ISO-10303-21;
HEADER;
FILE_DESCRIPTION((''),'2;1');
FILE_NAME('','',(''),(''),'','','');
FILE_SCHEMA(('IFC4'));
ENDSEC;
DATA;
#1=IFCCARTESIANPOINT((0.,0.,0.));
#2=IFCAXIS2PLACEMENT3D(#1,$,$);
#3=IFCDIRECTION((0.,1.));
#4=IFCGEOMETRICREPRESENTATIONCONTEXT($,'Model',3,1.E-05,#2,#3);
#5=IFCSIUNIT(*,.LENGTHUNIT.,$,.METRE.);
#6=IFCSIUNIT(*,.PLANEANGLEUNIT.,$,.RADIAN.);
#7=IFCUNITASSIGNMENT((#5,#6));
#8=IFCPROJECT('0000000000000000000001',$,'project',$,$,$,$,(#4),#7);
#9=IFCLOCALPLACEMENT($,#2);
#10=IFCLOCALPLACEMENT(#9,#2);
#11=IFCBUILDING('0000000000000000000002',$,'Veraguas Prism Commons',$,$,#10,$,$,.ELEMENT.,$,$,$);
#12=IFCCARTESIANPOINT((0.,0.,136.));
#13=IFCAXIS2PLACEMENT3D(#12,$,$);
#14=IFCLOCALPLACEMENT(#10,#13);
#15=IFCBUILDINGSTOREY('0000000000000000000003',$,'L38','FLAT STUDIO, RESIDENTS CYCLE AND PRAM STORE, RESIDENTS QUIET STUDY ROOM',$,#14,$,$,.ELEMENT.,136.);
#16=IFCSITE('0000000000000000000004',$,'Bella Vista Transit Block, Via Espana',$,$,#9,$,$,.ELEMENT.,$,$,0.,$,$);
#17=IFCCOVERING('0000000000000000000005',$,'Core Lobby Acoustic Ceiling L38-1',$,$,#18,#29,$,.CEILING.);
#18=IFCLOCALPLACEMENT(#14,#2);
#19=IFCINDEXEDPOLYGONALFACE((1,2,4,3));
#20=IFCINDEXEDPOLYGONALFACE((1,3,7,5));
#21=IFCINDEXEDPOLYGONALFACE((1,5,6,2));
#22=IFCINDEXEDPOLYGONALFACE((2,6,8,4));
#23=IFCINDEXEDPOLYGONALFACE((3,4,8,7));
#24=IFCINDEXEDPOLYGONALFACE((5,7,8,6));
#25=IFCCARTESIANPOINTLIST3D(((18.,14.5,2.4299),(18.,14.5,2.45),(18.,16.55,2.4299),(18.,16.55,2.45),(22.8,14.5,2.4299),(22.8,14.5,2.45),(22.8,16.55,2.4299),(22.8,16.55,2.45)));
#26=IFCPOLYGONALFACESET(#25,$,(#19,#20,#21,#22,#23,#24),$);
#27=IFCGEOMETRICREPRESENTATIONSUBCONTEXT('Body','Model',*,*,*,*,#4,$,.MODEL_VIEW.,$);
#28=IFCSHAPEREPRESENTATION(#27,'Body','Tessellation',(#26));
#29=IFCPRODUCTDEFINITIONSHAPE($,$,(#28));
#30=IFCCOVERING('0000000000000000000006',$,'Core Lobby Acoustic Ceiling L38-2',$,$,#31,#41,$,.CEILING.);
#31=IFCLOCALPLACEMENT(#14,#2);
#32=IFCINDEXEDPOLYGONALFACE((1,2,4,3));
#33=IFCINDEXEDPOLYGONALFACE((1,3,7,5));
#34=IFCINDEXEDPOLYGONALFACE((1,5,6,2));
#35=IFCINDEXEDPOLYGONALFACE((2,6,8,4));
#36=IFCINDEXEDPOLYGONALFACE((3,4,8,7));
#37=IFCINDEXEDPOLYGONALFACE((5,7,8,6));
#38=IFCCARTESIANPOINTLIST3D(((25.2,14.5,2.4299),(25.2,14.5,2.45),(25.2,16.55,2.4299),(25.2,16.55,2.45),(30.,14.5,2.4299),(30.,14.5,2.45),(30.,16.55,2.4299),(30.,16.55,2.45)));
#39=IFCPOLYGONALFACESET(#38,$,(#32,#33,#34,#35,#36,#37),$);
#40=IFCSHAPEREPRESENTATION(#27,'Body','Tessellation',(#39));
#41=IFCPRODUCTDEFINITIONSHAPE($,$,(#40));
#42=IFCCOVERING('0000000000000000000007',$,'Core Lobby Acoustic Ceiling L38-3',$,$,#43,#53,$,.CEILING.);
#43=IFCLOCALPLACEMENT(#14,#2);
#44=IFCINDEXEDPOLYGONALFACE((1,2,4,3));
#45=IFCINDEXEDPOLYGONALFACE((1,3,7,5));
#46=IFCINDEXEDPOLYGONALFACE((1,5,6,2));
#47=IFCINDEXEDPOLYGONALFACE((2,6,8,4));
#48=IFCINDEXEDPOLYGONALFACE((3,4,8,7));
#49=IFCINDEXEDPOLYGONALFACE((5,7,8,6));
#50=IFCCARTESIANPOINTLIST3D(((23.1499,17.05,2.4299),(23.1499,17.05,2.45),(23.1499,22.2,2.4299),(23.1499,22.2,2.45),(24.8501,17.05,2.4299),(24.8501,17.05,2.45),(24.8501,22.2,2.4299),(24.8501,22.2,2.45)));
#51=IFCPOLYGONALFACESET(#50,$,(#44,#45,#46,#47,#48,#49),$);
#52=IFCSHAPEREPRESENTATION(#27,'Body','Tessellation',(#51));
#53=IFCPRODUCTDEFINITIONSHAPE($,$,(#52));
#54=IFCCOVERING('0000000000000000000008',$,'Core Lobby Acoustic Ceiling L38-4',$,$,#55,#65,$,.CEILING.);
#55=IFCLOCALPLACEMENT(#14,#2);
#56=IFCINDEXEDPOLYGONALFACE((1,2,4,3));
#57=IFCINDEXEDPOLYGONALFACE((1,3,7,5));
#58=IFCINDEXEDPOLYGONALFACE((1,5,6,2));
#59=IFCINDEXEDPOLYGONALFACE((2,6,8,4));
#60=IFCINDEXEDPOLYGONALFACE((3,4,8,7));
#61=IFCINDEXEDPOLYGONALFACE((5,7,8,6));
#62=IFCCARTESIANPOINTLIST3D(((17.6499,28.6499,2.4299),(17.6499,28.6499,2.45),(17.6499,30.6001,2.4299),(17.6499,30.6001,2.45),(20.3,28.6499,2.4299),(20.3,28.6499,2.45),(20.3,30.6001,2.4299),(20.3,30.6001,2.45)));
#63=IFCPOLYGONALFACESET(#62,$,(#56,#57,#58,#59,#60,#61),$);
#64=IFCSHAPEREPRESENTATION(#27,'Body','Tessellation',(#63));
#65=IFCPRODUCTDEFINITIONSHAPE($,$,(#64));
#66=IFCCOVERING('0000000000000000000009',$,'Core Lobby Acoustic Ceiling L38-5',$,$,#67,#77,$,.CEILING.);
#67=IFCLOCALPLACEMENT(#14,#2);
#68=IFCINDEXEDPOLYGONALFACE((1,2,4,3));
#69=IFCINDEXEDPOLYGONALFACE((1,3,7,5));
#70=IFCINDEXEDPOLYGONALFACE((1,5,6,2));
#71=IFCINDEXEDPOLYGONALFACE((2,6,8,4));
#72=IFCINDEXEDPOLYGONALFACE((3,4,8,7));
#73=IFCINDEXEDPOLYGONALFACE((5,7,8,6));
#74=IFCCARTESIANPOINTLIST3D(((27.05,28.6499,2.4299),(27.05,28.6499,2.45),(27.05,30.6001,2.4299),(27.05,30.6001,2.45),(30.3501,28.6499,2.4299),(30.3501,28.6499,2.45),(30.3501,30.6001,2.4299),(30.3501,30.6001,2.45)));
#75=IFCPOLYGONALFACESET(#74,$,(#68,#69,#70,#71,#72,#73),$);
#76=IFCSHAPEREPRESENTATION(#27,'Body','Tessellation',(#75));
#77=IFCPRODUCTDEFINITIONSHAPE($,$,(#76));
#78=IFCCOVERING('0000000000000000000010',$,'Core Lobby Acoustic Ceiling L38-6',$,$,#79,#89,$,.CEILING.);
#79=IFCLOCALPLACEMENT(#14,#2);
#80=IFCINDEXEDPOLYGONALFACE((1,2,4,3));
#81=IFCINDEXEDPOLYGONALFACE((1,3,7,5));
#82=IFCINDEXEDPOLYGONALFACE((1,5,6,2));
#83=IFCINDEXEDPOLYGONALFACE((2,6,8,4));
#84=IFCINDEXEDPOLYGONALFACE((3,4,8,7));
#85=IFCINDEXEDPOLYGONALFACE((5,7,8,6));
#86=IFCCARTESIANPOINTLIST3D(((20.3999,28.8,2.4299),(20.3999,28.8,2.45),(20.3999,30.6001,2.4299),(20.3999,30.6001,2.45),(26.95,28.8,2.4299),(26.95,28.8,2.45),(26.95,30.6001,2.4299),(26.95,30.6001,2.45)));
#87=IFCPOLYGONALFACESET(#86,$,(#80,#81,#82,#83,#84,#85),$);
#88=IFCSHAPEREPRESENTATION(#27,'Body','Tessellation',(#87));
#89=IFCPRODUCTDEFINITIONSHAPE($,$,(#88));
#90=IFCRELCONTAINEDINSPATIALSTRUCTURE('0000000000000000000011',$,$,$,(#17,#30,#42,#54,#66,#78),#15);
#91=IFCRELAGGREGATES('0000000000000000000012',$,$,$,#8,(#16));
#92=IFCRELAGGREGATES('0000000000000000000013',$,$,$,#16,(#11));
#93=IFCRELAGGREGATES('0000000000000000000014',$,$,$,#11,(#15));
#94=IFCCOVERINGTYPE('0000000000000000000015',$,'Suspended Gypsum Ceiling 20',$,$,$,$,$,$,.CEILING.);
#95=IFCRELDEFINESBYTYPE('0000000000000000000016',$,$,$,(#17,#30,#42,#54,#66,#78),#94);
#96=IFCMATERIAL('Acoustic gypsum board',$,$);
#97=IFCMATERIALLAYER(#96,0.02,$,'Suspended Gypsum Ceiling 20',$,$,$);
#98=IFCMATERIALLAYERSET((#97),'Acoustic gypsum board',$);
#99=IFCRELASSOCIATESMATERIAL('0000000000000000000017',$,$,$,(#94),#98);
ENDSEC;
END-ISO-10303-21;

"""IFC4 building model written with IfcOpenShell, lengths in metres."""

from ifc_helpers import new_model, si_unit, direction, frame, origin, place, context, subcontext, project, spatial, polyline, outline, extrude, material, layer, layer_set, type_object, element, save


model = new_model("IFC4")

# Units and contexts
model_context = context("Model", 3, precision=1e-05, world=origin(), true_north=direction((0.0, 1.0)))
body_context = subcontext(model_context, "Body", "Model", "MODEL_VIEW")
ifc_project = project(units=[si_unit("LENGTHUNIT", "METRE"), si_unit("PLANEANGLEUNIT", "RADIAN")], contexts=[model_context])

# Site, building, storey
site_placement = place(None, origin())
site = spatial("IfcSite", under=ifc_project, at=site_placement, Name="Bella Vista Transit Block, Via Espana", CompositionType="ELEMENT", RefElevation=0.0)
building_placement = place(site_placement, origin())
building = spatial("IfcBuilding", under=site, at=building_placement, Name="Veraguas Prism Commons", CompositionType="ELEMENT")
storey_placement = place(building_placement, frame((0.0, 0.0, 136.0)))
storey = spatial("IfcBuildingStorey", under=building, at=storey_placement, Name="L38", Description="FLAT STUDIO, RESIDENTS CYCLE AND PRAM STORE, RESIDENTS QUIET STUDY ROOM", CompositionType="ELEMENT", Elevation=136.0)

# Coverings
ifc_material_1 = material(Name="Acoustic gypsum board")
ifc_layer_1 = layer(ifc_material_1, 0.02, Name="Suspended Gypsum Ceiling 20")
ifc_layer_set_1 = layer_set([ifc_layer_1], Name="Acoustic gypsum board")
covering_type_1 = type_object("IfcCoveringType", Name="Suspended Gypsum Ceiling 20", PredefinedType="CEILING", material=ifc_layer_set_1)
covering_1_placement = place(storey_placement, frame((0.0, 0.0, 2.4299)))
element("IfcCovering", 1, at=covering_1_placement, inside=storey, type_object=covering_type_1, Name="Core Lobby Acoustic Ceiling L38-1", PredefinedType="CEILING", context=body_context, shape_type="SweptSolid", body=[
    extrude(outline(polyline([(18.0, 14.5), (22.8, 14.5), (22.8, 16.55), (18.0, 16.55), (18.0, 14.5)])), origin(), (0.0, 0.0, 1.0), 0.02),
])
covering_2_placement = place(storey_placement, frame((0.0, 0.0, 2.4299)))
element("IfcCovering", 2, at=covering_2_placement, inside=storey, type_object=covering_type_1, Name="Core Lobby Acoustic Ceiling L38-2", PredefinedType="CEILING", context=body_context, shape_type="SweptSolid", body=[
    extrude(outline(polyline([(25.2, 14.5), (30.0, 14.5), (30.0, 16.55), (25.2, 16.55), (25.2, 14.5)])), origin(), (0.0, 0.0, 1.0), 0.02),
])
covering_3_placement = place(storey_placement, frame((0.0, 0.0, 2.4299)))
element("IfcCovering", 3, at=covering_3_placement, inside=storey, type_object=covering_type_1, Name="Core Lobby Acoustic Ceiling L38-3", PredefinedType="CEILING", context=body_context, shape_type="SweptSolid", body=[
    extrude(outline(polyline([(23.1499, 17.05), (24.8501, 17.05), (24.8501, 22.2), (23.1499, 22.2), (23.1499, 17.05)])), origin(), (0.0, 0.0, 1.0), 0.02),
])
covering_4_placement = place(storey_placement, frame((0.0, 0.0, 2.4299)))
element("IfcCovering", 4, at=covering_4_placement, inside=storey, type_object=covering_type_1, Name="Core Lobby Acoustic Ceiling L38-4", PredefinedType="CEILING", context=body_context, shape_type="SweptSolid", body=[
    extrude(outline(polyline([(17.6499, 28.6499), (20.3, 28.6499), (20.3, 30.6001), (17.6499, 30.6001), (17.6499, 28.6499)])), origin(), (0.0, 0.0, 1.0), 0.02),
])
covering_5_placement = place(storey_placement, frame((0.0, 0.0, 2.4299)))
element("IfcCovering", 5, at=covering_5_placement, inside=storey, type_object=covering_type_1, Name="Core Lobby Acoustic Ceiling L38-5", PredefinedType="CEILING", context=body_context, shape_type="SweptSolid", body=[
    extrude(outline(polyline([(27.05, 28.6499), (30.3501, 28.6499), (30.3501, 30.6001), (27.05, 30.6001), (27.05, 28.6499)])), origin(), (0.0, 0.0, 1.0), 0.02),
])
covering_6_placement = place(storey_placement, frame((0.0, 0.0, 2.4299)))
element("IfcCovering", 6, at=covering_6_placement, inside=storey, type_object=covering_type_1, Name="Core Lobby Acoustic Ceiling L38-6", PredefinedType="CEILING", context=body_context, shape_type="SweptSolid", body=[
    extrude(outline(polyline([(20.3999, 28.8), (26.95, 28.8), (26.95, 30.6001), (20.3999, 30.6001), (20.3999, 28.8)])), origin(), (0.0, 0.0, 1.0), 0.02),
])

save(model, "model.ifc")
